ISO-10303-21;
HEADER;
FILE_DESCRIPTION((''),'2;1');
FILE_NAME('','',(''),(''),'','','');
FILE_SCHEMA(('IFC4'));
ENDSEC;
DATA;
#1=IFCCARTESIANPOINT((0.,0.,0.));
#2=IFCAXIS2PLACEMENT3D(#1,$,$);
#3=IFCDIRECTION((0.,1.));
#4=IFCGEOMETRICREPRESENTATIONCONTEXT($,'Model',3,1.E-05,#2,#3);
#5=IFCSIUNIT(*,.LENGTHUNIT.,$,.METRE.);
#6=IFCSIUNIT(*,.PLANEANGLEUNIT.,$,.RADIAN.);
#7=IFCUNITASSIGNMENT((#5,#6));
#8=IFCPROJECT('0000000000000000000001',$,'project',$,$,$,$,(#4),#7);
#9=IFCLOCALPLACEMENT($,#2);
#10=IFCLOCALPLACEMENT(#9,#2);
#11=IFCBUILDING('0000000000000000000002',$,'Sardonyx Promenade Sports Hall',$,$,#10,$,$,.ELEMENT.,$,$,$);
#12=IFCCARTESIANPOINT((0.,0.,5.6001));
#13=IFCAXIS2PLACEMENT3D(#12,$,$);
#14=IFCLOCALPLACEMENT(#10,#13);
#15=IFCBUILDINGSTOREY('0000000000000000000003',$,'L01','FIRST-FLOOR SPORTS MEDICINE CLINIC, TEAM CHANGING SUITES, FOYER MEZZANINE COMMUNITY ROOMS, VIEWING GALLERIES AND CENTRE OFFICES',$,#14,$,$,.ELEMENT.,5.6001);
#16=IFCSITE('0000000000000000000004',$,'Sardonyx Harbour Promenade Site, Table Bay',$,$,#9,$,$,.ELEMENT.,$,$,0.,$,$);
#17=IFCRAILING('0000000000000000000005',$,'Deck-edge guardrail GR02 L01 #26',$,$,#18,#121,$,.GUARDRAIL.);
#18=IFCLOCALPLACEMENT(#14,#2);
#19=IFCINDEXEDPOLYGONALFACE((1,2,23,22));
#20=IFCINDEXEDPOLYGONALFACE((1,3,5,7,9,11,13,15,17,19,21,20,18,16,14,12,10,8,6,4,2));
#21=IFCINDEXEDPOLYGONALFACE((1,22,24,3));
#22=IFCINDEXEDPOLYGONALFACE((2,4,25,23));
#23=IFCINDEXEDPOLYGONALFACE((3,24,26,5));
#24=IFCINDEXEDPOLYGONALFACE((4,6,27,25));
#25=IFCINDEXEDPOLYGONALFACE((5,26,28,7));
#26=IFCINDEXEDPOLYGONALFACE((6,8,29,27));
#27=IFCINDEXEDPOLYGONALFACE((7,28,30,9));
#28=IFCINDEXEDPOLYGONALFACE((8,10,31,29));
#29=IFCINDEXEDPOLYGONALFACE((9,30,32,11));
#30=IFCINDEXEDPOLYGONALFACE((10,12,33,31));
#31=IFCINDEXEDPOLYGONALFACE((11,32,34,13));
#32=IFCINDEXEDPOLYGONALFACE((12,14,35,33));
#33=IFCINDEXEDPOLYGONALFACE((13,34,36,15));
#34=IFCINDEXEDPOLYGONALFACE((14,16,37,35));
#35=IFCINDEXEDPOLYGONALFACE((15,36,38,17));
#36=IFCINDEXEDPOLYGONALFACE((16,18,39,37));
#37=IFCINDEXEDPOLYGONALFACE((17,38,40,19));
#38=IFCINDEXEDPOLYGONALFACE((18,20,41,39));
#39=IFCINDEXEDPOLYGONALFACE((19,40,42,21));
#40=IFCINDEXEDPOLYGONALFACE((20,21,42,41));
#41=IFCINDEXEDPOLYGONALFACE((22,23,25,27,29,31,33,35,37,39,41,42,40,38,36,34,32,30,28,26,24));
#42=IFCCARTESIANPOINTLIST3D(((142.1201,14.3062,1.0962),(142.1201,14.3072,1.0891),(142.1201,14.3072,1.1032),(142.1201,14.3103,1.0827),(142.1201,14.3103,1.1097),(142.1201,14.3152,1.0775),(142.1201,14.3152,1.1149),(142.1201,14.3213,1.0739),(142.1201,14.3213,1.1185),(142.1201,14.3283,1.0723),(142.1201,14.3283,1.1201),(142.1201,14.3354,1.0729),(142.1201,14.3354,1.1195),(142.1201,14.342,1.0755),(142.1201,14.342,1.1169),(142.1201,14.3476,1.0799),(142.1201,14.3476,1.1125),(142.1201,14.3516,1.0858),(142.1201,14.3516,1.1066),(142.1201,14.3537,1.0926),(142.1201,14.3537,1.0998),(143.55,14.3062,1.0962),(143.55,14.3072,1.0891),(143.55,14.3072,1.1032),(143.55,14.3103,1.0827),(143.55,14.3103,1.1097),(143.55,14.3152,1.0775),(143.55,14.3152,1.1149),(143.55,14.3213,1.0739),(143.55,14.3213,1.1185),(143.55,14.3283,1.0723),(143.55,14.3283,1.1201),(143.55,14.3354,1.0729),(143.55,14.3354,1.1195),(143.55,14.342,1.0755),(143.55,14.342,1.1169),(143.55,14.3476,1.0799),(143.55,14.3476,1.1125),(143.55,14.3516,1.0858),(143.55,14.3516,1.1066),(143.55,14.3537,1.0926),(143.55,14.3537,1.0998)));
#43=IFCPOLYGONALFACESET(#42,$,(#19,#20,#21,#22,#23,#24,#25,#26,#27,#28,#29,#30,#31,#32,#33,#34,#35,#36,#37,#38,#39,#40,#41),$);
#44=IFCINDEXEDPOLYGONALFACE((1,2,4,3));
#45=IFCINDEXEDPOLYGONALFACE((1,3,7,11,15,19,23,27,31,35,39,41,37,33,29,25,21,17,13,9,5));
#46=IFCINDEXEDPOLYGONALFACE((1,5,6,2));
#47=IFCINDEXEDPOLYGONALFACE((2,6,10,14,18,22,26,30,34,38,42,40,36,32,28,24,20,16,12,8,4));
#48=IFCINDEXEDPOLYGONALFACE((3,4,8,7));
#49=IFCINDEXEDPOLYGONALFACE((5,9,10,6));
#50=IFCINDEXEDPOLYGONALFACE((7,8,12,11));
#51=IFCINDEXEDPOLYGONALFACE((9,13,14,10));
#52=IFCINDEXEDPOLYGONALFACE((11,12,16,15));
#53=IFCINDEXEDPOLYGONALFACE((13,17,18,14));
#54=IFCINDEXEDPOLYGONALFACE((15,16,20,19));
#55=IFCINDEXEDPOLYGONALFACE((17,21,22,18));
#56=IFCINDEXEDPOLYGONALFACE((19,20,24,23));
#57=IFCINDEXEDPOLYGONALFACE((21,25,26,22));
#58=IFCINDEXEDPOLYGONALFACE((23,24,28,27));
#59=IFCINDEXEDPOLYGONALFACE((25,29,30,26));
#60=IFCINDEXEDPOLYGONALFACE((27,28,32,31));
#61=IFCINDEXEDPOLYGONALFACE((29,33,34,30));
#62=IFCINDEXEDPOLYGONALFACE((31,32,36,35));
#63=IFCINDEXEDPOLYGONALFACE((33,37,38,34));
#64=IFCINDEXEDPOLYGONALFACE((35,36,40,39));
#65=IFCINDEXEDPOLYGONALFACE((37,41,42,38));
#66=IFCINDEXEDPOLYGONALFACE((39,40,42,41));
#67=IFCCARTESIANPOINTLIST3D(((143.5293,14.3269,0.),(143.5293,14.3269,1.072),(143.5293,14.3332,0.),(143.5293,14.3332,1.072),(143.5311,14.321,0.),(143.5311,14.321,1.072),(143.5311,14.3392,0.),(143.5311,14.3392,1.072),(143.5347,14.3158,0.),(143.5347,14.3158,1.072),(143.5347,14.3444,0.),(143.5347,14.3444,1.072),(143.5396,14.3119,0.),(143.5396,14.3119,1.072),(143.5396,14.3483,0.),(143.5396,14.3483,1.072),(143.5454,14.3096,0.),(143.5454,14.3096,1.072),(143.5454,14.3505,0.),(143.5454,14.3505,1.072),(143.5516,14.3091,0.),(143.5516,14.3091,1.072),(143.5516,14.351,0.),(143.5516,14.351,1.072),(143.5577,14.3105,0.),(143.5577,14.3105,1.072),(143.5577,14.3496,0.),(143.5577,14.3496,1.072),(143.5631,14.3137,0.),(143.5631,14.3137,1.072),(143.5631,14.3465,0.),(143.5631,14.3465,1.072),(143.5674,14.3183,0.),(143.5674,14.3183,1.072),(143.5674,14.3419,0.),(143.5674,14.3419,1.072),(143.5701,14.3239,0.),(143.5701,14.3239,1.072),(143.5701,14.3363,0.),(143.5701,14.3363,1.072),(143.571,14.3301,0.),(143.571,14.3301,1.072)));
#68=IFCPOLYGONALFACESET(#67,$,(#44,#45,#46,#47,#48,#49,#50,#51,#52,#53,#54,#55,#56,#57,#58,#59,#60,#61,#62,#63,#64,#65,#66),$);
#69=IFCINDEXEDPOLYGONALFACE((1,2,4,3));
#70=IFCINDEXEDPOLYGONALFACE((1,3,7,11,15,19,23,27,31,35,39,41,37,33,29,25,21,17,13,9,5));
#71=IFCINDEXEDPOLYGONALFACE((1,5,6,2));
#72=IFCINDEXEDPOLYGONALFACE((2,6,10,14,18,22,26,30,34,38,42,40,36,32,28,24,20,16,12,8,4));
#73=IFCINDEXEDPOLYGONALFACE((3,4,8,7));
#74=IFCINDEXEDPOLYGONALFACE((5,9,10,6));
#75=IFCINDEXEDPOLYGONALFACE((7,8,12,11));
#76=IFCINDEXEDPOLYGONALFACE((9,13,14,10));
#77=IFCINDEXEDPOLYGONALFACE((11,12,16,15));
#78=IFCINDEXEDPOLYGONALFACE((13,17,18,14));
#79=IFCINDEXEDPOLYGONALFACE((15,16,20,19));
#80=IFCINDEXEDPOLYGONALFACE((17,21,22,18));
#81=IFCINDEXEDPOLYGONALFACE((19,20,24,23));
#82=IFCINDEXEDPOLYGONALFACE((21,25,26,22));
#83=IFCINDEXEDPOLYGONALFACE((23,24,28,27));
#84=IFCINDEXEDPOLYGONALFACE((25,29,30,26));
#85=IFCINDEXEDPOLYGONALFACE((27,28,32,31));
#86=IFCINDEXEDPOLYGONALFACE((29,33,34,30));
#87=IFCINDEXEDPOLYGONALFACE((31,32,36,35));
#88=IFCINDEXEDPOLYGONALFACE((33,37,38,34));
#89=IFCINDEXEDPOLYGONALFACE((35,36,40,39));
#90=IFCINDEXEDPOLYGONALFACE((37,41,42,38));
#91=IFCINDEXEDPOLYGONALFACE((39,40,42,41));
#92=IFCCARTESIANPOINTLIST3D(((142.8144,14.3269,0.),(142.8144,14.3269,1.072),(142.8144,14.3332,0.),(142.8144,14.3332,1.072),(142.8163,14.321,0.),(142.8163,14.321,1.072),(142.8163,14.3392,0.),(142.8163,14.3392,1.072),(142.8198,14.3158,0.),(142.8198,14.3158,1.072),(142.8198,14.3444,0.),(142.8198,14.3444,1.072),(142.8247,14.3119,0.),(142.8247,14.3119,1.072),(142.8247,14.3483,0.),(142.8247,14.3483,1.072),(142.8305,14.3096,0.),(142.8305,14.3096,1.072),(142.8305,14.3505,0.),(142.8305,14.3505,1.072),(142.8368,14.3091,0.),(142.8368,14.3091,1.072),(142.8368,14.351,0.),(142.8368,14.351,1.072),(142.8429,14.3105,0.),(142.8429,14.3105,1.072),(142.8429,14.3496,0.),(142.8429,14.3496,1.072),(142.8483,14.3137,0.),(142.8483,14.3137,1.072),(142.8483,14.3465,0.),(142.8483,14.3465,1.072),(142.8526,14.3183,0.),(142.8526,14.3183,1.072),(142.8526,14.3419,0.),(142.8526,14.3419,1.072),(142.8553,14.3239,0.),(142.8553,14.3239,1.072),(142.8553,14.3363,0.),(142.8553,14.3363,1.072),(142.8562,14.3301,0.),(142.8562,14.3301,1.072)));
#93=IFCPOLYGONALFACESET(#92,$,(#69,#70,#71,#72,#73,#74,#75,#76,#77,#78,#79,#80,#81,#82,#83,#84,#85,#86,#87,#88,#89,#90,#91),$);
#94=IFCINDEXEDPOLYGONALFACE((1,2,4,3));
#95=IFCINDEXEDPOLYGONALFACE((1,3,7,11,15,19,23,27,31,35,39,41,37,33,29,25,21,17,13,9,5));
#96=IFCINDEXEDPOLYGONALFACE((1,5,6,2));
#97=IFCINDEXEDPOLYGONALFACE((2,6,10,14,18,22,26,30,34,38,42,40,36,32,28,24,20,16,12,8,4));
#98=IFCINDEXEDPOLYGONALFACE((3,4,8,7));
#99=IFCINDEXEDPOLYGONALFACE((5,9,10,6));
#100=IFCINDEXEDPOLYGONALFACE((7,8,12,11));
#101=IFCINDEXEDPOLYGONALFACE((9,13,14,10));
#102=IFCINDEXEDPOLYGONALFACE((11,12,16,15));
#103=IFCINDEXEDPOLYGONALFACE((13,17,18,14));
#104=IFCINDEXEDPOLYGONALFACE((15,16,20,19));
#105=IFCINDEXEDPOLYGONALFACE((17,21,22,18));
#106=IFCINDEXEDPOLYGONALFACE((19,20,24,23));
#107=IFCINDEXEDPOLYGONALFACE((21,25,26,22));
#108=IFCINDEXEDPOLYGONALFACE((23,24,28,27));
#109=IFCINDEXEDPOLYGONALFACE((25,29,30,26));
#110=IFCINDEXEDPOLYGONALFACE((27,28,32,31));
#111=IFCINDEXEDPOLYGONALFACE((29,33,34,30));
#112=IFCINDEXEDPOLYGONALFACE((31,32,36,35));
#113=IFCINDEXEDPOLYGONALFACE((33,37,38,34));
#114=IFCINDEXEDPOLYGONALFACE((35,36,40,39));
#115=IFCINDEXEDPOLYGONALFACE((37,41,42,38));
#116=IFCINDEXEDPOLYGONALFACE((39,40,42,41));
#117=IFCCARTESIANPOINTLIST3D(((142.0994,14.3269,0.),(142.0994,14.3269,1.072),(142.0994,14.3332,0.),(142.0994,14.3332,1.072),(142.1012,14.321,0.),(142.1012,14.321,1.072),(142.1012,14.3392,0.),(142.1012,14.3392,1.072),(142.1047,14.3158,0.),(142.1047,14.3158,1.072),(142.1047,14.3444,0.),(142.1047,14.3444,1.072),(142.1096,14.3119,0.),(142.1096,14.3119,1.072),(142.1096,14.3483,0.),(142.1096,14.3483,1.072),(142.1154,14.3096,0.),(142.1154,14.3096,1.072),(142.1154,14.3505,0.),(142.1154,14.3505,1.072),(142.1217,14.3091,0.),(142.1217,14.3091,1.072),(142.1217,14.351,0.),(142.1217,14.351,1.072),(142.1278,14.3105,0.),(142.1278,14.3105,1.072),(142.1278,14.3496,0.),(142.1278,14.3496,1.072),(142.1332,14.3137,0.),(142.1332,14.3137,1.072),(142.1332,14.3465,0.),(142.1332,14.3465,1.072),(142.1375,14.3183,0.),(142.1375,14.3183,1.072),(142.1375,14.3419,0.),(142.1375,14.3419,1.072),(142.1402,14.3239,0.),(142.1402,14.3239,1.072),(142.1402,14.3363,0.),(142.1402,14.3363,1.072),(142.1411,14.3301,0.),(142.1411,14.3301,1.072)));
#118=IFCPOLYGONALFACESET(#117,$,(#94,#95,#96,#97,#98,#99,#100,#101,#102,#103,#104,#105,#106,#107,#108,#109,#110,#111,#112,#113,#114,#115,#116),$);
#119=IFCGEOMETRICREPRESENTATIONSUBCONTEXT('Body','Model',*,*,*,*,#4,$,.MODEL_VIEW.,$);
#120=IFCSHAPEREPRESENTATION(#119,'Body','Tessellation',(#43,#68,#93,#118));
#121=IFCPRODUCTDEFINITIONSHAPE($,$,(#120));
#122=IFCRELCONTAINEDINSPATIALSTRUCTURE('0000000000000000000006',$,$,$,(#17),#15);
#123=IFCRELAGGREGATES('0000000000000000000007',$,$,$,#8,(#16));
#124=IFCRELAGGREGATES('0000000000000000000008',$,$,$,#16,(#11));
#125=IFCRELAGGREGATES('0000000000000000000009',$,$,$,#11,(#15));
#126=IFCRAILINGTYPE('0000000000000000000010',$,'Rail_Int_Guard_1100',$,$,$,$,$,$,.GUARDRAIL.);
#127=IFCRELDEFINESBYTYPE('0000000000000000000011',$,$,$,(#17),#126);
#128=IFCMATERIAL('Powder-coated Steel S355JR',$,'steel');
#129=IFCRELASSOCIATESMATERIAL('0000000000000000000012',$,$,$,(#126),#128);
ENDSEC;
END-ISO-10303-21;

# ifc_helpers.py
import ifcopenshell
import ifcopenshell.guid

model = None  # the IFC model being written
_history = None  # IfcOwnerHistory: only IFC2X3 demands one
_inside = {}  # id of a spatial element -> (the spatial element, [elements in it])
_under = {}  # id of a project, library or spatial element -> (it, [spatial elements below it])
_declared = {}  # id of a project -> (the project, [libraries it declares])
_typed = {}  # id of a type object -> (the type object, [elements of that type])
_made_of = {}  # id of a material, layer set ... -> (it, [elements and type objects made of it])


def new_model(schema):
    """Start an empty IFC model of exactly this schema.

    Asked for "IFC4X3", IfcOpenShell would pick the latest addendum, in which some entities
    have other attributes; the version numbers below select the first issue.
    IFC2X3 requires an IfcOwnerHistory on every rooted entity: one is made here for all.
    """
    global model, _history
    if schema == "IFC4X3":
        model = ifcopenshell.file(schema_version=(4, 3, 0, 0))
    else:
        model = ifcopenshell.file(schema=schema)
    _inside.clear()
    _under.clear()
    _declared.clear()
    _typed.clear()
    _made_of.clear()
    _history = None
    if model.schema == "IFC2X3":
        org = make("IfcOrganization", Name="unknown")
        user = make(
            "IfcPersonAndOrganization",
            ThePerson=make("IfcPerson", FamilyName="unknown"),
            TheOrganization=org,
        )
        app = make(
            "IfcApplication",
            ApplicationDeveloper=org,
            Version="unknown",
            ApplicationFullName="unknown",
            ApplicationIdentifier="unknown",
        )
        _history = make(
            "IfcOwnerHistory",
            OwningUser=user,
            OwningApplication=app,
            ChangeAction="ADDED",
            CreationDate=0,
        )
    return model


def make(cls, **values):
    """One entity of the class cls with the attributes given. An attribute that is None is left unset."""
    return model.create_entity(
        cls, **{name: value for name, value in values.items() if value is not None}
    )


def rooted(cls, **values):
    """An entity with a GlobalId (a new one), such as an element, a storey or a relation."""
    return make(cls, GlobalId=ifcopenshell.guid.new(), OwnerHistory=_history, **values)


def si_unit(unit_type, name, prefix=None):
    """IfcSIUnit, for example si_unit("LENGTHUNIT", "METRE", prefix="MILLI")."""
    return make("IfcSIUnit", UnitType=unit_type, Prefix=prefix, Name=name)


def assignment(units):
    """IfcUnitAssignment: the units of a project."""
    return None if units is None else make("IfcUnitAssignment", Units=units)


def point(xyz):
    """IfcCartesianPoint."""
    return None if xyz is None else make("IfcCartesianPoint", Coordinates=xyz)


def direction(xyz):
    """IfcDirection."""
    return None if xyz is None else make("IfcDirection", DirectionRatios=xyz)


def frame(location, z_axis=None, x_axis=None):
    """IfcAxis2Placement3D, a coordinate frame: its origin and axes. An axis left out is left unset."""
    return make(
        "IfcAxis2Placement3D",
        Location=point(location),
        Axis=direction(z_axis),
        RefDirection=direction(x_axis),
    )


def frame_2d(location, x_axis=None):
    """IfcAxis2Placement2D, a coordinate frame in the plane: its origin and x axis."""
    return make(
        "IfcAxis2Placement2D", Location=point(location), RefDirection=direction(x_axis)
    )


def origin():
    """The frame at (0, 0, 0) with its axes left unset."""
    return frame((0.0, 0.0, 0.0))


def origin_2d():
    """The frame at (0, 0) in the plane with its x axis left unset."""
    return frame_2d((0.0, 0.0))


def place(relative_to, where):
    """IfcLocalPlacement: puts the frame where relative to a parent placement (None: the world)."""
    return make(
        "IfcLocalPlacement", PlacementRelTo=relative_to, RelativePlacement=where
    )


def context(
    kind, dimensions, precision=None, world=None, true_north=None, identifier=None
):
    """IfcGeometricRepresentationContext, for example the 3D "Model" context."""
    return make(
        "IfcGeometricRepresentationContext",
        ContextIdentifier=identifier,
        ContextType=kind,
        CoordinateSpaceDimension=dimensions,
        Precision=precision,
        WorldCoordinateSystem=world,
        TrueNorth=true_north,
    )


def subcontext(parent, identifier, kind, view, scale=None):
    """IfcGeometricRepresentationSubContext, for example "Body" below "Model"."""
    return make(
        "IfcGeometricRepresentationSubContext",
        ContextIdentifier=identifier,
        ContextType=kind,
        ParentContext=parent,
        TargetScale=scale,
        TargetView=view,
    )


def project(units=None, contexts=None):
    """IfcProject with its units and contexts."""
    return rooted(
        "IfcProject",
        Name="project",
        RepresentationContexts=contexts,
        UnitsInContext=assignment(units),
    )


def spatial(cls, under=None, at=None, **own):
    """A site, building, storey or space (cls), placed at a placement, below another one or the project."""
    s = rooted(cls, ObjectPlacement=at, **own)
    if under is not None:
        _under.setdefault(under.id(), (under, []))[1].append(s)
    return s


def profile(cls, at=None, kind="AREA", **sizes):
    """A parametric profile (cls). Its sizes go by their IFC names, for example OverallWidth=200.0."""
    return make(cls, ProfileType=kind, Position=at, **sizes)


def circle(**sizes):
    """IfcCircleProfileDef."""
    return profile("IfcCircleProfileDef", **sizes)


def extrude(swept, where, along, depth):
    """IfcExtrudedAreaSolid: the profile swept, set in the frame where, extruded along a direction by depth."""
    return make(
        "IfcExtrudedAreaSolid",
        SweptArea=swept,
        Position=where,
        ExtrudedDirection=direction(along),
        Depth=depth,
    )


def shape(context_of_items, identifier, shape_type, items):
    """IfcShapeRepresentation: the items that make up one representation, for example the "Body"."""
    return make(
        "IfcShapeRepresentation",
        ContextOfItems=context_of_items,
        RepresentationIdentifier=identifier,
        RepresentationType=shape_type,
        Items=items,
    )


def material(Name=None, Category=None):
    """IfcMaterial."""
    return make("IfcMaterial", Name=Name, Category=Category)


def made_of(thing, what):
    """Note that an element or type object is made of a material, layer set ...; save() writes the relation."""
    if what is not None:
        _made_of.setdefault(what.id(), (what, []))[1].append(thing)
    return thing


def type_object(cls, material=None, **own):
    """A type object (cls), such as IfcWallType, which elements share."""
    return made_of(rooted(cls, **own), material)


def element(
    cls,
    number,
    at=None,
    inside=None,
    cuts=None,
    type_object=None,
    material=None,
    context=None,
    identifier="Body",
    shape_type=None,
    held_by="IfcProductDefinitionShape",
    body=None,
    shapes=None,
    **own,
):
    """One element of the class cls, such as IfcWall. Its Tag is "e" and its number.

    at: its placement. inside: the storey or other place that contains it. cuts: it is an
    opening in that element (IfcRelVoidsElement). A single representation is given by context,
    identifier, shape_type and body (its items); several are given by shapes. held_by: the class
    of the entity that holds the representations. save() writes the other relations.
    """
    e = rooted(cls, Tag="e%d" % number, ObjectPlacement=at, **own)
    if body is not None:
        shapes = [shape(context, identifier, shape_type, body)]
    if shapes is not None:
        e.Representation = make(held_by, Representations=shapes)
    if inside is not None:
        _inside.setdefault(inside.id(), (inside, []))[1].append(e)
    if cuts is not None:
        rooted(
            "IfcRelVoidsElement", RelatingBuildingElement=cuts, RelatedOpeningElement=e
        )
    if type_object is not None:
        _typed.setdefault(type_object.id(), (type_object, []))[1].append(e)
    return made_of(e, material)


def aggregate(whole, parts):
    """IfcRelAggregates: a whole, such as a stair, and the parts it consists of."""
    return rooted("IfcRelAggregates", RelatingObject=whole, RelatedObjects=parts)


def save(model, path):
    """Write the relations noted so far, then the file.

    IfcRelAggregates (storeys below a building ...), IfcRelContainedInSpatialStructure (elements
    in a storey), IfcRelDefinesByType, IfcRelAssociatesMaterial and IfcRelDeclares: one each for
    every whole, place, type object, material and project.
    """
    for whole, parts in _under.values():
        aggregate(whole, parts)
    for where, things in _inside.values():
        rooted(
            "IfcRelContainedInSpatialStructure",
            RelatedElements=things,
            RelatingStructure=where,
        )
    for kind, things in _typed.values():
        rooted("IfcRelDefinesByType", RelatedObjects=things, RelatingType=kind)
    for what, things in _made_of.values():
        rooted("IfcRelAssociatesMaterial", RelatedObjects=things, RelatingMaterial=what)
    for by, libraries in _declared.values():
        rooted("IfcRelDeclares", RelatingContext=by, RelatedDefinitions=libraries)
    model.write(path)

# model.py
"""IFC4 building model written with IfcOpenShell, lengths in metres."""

from ifc_helpers import new_model, si_unit, direction, frame, origin, origin_2d, place, context, subcontext, project, spatial, circle, extrude, material, type_object, element, save


model = new_model("IFC4")

# Units and contexts
model_context = context("Model", 3, precision=1e-05, world=origin(), true_north=direction((0.0, 1.0)))
body_context = subcontext(model_context, "Body", "Model", "MODEL_VIEW")
ifc_project = project(units=[si_unit("LENGTHUNIT", "METRE"), si_unit("PLANEANGLEUNIT", "RADIAN")], contexts=[model_context])

# Site, building, storey
site_placement = place(None, origin())
site = spatial("IfcSite", under=ifc_project, at=site_placement, Name="Sardonyx Harbour Promenade Site, Table Bay", CompositionType="ELEMENT", RefElevation=0.0)
building_placement = place(site_placement, origin())
building = spatial("IfcBuilding", under=site, at=building_placement, Name="Sardonyx Promenade Sports Hall", CompositionType="ELEMENT")
storey_placement = place(building_placement, frame((0.0, 0.0, 5.6001)))
storey = spatial("IfcBuildingStorey", under=building, at=storey_placement, Name="L01", Description="FIRST-FLOOR SPORTS MEDICINE CLINIC, TEAM CHANGING SUITES, FOYER MEZZANINE COMMUNITY ROOMS, VIEWING GALLERIES AND CENTRE OFFICES", CompositionType="ELEMENT", Elevation=5.6001)

# Railing
ifc_material_1 = material(Name="Powder-coated Steel S355JR", Category="steel")
railing_type = type_object("IfcRailingType", Name="Rail_Int_Guard_1100", PredefinedType="GUARDRAIL", material=ifc_material_1)
railing_1_placement = place(storey_placement, frame((143.55, 14.3301, 0.0)))
element("IfcRailing", 1, at=railing_1_placement, inside=storey, type_object=railing_type, Name="Deck-edge guardrail GR02 L01 #26", PredefinedType="GUARDRAIL", context=body_context, shape_type="SweptSolid", body=[
    extrude(circle(Radius=0.0239, at=origin_2d()), frame((0.0, 0.0, 1.0962), z_axis=(-1.0, 0.0, 0.0), x_axis=(0.0, -1.0, 0.0)), (0.0, 0.0, 1.0), 1.4299),
    extrude(circle(Radius=0.021, at=origin_2d()), origin(), (0.0, 0.0, 1.0), 1.072),
    extrude(circle(Radius=0.021, at=origin_2d()), frame((-0.7148, 0.0, 0.0)), (0.0, 0.0, 1.0), 1.072),
    extrude(circle(Radius=0.021, at=origin_2d()), frame((-1.4299, 0.0, 0.0)), (0.0, 0.0, 1.0), 1.072),
])

save(model, "model.ifc")
